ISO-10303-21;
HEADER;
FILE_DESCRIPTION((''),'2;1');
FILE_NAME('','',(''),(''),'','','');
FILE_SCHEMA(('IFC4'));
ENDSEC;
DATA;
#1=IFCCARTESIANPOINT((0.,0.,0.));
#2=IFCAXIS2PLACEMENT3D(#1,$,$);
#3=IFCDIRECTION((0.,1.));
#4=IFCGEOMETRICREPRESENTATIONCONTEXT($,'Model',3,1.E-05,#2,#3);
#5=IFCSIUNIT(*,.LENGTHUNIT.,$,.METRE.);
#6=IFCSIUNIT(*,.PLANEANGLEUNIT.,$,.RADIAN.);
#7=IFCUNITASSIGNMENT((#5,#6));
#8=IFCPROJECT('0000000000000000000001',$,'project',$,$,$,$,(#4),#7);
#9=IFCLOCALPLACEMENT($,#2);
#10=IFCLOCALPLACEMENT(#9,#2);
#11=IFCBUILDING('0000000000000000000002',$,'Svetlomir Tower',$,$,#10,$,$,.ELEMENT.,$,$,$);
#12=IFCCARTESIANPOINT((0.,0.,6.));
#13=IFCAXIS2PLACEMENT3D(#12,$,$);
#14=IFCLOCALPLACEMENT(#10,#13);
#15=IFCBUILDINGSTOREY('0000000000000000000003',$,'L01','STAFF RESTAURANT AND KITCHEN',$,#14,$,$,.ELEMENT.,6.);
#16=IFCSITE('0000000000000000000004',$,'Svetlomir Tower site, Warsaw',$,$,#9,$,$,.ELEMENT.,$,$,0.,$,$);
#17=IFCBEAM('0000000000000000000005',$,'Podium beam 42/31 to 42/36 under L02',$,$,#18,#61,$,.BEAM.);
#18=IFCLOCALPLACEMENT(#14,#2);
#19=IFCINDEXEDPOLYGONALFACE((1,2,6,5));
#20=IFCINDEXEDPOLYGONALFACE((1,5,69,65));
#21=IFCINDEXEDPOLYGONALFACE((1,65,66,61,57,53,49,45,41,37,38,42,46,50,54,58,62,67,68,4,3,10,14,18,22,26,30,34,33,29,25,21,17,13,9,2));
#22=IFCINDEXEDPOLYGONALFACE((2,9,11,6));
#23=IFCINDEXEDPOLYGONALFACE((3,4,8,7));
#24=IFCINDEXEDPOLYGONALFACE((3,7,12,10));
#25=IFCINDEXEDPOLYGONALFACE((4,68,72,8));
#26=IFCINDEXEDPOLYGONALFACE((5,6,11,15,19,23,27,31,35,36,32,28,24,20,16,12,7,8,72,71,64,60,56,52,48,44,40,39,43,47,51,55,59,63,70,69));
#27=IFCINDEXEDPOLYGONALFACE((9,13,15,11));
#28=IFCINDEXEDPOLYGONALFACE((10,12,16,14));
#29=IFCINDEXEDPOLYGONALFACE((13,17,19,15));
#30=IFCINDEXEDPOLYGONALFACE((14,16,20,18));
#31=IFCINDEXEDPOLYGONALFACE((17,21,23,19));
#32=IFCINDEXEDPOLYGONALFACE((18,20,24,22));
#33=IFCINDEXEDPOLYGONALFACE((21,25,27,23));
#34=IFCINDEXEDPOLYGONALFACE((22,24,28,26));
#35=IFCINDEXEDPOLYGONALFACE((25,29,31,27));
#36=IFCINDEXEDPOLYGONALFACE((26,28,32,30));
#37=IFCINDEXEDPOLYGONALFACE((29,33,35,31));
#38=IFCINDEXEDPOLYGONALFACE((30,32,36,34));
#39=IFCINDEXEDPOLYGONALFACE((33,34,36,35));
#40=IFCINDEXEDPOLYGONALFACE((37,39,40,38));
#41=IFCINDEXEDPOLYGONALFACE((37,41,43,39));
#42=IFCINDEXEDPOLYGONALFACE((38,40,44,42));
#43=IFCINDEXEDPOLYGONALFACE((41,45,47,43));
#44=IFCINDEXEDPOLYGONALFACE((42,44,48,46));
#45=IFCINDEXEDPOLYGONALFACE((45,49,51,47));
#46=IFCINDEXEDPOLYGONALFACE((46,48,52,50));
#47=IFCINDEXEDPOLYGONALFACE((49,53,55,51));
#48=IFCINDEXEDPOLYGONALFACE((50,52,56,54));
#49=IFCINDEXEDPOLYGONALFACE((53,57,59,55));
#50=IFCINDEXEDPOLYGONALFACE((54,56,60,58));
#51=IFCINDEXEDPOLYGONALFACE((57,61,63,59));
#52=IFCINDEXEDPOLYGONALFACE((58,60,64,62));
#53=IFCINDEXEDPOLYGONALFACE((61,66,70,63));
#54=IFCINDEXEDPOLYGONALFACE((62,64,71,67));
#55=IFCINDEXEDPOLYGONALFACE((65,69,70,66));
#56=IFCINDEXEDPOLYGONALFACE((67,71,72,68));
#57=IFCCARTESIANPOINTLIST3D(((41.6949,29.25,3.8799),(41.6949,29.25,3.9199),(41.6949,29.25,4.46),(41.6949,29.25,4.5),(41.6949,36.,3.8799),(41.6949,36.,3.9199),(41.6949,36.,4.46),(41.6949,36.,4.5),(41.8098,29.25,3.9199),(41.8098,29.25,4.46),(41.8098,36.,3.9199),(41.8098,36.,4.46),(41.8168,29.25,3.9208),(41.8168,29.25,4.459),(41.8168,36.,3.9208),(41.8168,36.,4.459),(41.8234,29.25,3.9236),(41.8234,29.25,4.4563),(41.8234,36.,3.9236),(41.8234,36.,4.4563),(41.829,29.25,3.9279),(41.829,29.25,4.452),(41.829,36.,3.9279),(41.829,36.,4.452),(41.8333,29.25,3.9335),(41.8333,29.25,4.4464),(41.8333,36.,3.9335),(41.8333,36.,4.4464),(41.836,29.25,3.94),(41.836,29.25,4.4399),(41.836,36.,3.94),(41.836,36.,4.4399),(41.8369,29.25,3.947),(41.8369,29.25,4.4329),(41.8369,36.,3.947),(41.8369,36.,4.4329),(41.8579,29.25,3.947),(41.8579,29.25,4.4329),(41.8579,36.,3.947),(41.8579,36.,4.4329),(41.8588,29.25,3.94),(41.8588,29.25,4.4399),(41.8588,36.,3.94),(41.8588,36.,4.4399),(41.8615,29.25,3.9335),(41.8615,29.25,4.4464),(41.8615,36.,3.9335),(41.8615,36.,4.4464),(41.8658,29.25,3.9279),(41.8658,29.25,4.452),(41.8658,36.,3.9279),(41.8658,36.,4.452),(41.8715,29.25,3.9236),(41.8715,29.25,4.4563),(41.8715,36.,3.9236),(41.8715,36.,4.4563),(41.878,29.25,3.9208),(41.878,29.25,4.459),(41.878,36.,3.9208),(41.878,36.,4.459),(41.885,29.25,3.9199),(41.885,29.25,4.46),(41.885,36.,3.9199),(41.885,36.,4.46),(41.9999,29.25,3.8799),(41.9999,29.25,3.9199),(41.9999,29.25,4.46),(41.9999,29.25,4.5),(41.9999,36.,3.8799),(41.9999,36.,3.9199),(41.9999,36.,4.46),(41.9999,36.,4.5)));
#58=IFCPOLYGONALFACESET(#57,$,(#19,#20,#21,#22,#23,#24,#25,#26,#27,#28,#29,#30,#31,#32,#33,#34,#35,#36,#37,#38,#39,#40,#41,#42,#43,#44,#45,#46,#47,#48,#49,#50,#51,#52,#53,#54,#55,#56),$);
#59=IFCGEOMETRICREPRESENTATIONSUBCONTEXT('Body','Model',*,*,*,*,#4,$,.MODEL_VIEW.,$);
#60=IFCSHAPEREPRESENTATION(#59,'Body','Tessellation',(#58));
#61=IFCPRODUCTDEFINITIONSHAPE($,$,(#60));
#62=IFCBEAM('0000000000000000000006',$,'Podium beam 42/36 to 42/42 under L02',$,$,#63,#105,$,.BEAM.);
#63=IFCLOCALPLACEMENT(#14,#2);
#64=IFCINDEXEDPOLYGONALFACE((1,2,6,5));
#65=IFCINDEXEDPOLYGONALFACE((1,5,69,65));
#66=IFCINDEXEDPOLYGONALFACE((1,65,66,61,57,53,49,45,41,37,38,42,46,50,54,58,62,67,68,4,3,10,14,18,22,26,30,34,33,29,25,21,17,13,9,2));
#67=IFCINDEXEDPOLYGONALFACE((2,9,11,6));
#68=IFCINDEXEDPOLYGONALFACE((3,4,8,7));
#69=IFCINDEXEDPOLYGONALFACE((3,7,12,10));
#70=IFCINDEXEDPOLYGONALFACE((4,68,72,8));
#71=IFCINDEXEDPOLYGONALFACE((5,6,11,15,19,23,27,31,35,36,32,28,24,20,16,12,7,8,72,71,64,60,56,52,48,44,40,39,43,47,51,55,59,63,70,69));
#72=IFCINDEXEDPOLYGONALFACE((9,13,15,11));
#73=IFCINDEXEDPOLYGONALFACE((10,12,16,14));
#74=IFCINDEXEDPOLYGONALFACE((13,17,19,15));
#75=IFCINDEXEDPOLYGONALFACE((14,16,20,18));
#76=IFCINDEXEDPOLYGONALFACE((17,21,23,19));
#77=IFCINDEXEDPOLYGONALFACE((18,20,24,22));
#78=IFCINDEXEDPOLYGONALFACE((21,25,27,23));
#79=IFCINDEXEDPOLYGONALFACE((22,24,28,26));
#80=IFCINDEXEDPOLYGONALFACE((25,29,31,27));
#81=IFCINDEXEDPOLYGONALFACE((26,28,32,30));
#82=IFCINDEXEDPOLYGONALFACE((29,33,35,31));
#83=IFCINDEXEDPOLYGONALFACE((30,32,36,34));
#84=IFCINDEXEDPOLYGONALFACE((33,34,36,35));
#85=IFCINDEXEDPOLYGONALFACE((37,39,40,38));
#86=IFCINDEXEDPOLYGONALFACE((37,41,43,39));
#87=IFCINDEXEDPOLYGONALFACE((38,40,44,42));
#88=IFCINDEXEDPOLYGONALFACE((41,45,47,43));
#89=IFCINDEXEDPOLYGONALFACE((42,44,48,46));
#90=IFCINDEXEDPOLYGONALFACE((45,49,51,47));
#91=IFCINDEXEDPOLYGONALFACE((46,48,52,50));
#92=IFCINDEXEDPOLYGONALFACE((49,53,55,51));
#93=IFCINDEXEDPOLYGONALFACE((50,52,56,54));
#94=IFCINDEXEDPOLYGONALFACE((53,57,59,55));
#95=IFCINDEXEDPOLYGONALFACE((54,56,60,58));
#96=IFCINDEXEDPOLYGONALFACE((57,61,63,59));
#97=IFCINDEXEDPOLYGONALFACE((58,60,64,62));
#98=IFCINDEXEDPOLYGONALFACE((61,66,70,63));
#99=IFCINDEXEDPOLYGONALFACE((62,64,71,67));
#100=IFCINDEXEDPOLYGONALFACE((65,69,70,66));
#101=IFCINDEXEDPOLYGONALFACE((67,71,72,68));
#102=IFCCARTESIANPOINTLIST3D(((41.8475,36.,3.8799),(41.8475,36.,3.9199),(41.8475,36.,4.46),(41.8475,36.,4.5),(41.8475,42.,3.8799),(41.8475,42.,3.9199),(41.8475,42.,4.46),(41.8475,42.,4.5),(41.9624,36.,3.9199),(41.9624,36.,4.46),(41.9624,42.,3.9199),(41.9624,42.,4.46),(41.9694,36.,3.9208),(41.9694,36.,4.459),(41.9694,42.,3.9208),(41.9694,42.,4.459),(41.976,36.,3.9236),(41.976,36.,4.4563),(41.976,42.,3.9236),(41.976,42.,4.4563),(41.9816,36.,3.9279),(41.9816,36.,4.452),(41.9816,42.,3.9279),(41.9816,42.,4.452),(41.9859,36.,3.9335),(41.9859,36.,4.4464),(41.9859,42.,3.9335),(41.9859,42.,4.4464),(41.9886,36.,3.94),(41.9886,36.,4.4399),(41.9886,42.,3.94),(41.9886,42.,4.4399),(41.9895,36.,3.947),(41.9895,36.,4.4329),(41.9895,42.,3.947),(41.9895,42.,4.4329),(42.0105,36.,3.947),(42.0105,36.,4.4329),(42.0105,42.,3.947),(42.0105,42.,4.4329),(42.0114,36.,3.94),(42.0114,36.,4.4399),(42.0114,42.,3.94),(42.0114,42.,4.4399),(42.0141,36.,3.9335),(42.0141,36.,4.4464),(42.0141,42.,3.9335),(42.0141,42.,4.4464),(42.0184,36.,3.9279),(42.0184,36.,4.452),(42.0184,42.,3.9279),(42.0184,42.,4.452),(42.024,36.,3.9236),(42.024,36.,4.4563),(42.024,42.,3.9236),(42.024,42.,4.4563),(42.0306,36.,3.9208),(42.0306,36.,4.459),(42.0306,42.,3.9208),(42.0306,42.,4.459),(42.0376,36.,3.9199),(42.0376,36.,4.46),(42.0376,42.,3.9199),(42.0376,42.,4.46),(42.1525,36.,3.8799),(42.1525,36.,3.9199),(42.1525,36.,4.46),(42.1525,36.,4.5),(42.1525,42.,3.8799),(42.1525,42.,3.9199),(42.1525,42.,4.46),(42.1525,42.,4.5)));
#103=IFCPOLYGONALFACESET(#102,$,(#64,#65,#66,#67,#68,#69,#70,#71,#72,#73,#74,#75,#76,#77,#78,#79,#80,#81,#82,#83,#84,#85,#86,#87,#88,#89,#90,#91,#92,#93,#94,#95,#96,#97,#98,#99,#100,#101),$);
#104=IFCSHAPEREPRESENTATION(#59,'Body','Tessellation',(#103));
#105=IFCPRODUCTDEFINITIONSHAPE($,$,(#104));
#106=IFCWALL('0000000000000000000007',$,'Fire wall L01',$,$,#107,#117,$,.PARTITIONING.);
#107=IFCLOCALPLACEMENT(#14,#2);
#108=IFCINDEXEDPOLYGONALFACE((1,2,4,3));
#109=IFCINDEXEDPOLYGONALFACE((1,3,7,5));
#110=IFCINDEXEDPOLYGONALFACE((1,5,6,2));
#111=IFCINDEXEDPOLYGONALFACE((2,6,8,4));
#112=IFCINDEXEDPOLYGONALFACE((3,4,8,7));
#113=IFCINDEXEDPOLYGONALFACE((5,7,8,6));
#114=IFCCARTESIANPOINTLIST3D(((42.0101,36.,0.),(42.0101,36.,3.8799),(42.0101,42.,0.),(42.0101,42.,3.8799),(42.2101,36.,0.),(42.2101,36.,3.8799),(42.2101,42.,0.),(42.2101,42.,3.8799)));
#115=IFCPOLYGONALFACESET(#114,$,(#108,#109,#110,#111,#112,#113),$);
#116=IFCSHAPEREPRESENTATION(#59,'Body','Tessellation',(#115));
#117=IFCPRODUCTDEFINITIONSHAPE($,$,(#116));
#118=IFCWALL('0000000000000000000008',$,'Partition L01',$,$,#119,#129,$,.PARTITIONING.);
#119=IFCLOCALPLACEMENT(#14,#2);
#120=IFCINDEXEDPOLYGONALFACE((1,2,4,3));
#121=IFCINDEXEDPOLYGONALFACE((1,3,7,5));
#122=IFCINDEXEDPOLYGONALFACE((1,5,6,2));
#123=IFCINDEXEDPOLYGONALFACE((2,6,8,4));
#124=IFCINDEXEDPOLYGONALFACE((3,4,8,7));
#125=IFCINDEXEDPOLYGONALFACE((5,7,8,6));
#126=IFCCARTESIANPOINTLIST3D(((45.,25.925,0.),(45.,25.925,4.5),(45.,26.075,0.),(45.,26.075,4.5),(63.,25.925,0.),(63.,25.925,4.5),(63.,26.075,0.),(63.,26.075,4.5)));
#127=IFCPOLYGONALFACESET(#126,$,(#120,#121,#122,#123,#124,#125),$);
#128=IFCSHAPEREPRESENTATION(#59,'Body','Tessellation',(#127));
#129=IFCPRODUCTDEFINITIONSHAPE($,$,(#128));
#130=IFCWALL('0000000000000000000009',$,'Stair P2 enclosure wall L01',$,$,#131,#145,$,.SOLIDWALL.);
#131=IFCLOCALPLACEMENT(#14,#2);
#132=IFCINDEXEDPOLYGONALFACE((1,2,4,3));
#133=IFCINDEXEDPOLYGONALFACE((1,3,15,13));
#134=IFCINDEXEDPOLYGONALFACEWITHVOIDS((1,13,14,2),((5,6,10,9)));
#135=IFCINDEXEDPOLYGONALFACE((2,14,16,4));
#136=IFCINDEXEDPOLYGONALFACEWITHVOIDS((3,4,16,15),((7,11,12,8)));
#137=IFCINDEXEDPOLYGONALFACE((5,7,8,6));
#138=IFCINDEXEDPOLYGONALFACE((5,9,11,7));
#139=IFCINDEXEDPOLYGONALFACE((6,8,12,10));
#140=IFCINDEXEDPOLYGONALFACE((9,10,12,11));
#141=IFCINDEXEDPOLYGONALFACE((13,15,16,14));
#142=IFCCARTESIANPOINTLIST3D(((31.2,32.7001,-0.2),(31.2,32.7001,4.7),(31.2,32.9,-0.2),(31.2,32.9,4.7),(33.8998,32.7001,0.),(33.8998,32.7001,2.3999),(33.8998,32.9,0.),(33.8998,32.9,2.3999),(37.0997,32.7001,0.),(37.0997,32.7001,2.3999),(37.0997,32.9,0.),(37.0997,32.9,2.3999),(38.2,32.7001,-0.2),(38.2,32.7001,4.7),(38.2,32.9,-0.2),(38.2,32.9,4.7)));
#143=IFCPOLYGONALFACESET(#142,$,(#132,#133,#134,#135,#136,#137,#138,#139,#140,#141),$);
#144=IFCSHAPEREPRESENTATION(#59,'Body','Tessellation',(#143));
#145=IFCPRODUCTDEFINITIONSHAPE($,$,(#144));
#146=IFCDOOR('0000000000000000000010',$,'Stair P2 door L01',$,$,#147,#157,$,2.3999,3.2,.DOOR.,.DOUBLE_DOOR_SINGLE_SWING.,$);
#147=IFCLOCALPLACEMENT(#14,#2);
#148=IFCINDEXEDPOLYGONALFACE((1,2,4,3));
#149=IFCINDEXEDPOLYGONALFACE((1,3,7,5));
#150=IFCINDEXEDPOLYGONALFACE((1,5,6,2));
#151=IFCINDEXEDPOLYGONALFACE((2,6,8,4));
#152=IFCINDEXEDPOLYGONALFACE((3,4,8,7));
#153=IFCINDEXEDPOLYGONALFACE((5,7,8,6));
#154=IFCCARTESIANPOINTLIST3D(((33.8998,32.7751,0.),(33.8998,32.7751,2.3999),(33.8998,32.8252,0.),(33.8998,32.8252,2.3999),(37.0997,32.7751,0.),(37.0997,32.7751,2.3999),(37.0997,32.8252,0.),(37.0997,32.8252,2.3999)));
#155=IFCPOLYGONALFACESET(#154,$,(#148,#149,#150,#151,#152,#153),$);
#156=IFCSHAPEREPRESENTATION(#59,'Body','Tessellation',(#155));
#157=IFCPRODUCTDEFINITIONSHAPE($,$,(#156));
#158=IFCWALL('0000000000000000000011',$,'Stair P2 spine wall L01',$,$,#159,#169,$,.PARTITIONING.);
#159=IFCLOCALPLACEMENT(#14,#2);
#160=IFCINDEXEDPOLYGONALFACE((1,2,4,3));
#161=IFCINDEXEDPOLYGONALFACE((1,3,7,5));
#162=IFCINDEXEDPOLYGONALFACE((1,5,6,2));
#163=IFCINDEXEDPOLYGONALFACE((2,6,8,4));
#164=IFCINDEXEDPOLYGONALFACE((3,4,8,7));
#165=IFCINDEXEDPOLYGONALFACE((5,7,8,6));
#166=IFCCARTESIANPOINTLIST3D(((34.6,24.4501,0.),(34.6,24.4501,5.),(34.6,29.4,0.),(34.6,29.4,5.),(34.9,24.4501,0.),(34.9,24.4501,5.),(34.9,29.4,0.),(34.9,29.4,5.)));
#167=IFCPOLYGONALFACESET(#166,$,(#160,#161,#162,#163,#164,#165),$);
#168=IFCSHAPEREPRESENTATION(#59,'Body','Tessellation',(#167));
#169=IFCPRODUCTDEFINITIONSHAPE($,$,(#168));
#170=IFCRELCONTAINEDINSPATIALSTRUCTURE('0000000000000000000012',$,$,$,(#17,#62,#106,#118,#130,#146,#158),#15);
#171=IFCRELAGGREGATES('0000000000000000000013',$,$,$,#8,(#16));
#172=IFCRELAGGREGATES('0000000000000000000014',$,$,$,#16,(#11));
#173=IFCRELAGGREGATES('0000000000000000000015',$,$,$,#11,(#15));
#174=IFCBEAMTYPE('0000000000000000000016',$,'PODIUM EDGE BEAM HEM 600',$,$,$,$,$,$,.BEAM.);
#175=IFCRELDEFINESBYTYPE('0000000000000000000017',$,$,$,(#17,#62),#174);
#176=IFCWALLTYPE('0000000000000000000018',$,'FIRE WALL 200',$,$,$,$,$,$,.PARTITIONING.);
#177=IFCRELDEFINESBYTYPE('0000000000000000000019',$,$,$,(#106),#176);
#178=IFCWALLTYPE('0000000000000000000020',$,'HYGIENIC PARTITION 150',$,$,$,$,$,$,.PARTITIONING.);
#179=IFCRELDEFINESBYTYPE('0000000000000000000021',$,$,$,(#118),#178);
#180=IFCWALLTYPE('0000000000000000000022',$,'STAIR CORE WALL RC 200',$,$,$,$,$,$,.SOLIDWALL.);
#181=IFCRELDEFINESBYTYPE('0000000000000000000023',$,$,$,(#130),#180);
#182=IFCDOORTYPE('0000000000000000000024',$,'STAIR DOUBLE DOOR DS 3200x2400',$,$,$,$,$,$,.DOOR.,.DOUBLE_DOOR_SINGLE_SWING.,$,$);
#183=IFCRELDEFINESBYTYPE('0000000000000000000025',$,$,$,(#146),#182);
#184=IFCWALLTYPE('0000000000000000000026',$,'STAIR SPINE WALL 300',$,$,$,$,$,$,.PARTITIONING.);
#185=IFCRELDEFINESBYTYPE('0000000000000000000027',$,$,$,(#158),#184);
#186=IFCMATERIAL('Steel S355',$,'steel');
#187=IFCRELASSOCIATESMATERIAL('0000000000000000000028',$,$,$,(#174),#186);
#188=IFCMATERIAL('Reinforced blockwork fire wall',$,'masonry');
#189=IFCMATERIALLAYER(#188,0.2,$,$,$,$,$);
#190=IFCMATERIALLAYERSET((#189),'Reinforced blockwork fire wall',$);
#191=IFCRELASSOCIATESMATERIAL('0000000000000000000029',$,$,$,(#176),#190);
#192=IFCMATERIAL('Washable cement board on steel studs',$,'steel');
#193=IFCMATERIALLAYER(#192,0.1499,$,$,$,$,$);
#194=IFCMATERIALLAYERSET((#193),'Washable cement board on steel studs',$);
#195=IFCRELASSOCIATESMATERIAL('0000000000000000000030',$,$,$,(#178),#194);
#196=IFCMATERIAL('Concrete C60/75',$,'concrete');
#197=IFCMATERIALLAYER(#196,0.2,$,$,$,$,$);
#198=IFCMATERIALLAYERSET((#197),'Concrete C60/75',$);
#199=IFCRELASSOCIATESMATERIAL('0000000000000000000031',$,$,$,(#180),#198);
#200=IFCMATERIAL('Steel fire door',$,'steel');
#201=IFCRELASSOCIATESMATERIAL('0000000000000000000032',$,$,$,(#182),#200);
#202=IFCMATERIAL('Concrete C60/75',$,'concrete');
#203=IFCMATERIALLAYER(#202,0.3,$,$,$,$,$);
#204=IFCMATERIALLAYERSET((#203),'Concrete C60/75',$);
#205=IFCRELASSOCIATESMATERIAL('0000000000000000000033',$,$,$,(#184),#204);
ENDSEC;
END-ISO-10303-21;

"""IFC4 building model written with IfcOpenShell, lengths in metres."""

from ifc_helpers import new_model, si_unit, direction, frame, frame_2d, origin, origin_2d, place, context, subcontext, project, spatial, rectangle, i_section, extrude, material, layer, layer_set, material_profile, profile_set, type_object, element, fill, save


model = new_model("IFC4")

# Units and contexts
model_context = context("Model", 3, precision=1e-05, world=origin(), true_north=direction((0.0, 1.0)))
body_context = subcontext(model_context, "Body", "Model", "MODEL_VIEW")
ifc_project = project(units=[si_unit("LENGTHUNIT", "METRE"), si_unit("PLANEANGLEUNIT", "RADIAN")], contexts=[model_context])

# Site, building, storey
site_placement = place(None, origin())
site = spatial("IfcSite", under=ifc_project, at=site_placement, Name="Svetlomir Tower site, Warsaw", CompositionType="ELEMENT", RefElevation=0.0)
building_placement = place(site_placement, origin())
building = spatial("IfcBuilding", under=site, at=building_placement, Name="Svetlomir Tower", CompositionType="ELEMENT")
storey_placement = place(building_placement, frame((0.0, 0.0, 6.0)))
storey = spatial("IfcBuildingStorey", under=building, at=storey_placement, Name="L01", Description="STAFF RESTAURANT AND KITCHEN", CompositionType="ELEMENT", Elevation=6.0)

# Beams
ifc_material_1 = material(Name="Steel S355", Category="steel")
ifc_material_profile_1 = material_profile(ifc_material_1, i_section(OverallWidth=0.3049, OverallDepth=0.6201, WebThickness=0.021, FlangeThickness=0.04, FilletRadius=0.0271, at=origin_2d()), Name="HEM 600")
ifc_profile_set_1 = profile_set([ifc_material_profile_1], Name="Steel S355")
beam_type_1 = type_object("IfcBeamType", Name="PODIUM EDGE BEAM HEM 600", PredefinedType="BEAM", material=ifc_profile_set_1)
beam_1_placement = place(storey_placement, frame((41.8474, 29.25, 4.1899), z_axis=(0.0, 1.0, 0.0), x_axis=(-1.0, 0.0, 0.0)))
element("IfcBeam", 1, at=beam_1_placement, inside=storey, type_object=beam_type_1, Name="Podium beam 42/31 to 42/36 under L02", PredefinedType="BEAM", context=body_context, shape_type="SweptSolid", body=[
    extrude(i_section(OverallWidth=0.3049, OverallDepth=0.6201, WebThickness=0.021, FlangeThickness=0.04, FilletRadius=0.0271, at=origin_2d()), origin(), (0.0, 0.0, 1.0), 6.75),
])
beam_2_placement = place(storey_placement, frame((42.0, 36.0, 4.1899), z_axis=(0.0, 1.0, 0.0), x_axis=(-1.0, 0.0, 0.0)))
element("IfcBeam", 2, at=beam_2_placement, inside=storey, type_object=beam_type_1, Name="Podium beam 42/36 to 42/42 under L02", PredefinedType="BEAM", context=body_context, shape_type="SweptSolid", body=[
    extrude(i_section(OverallWidth=0.3049, OverallDepth=0.6201, WebThickness=0.021, FlangeThickness=0.04, FilletRadius=0.0271, at=origin_2d()), origin(), (0.0, 0.0, 1.0), 6.0),
])

# Walls
ifc_material_2 = material(Name="Reinforced blockwork fire wall", Category="masonry")
ifc_layer_1 = layer(ifc_material_2, 0.2)
ifc_layer_set_1 = layer_set([ifc_layer_1], Name="Reinforced blockwork fire wall")
wall_type_1 = type_object("IfcWallType", Name="FIRE WALL 200", PredefinedType="PARTITIONING", material=ifc_layer_set_1)
wall_1_placement = place(storey_placement, frame((42.1101, 36.0, 0.0), z_axis=(0.0, 0.0, 1.0), x_axis=(0.0, 1.0, 0.0)))
element("IfcWall", 3, at=wall_1_placement, inside=storey, type_object=wall_type_1, Name="Fire wall L01", PredefinedType="PARTITIONING", context=body_context, shape_type="SweptSolid", body=[
    extrude(rectangle(XDim=6.0, YDim=0.2, at=frame_2d((3.0, 0.0))), origin(), (0.0, 0.0, 1.0), 3.8799),
])
ifc_material_3 = material(Name="Washable cement board on steel studs", Category="steel")
ifc_layer_2 = layer(ifc_material_3, 0.1499)
ifc_layer_set_2 = layer_set([ifc_layer_2], Name="Washable cement board on steel studs")
wall_type_2 = type_object("IfcWallType", Name="HYGIENIC PARTITION 150", PredefinedType="PARTITIONING", material=ifc_layer_set_2)
wall_2_placement = place(storey_placement, frame((45.0, 26.0, 0.0), z_axis=(0.0, 0.0, 1.0), x_axis=(1.0, 0.0, 0.0)))
element("IfcWall", 4, at=wall_2_placement, inside=storey, type_object=wall_type_2, Name="Partition L01", PredefinedType="PARTITIONING", context=body_context, shape_type="SweptSolid", body=[
    extrude(rectangle(XDim=18.0, YDim=0.1499, at=frame_2d((9.0, 0.0))), origin(), (0.0, 0.0, 1.0), 4.5),
])

# Wall, opening, door
ifc_material_4 = material(Name="Concrete C60/75", Category="concrete")
ifc_layer_3 = layer(ifc_material_4, 0.2)
ifc_layer_set_3 = layer_set([ifc_layer_3], Name="Concrete C60/75")
wall_type_3 = type_object("IfcWallType", Name="STAIR CORE WALL RC 200", PredefinedType="SOLIDWALL", material=ifc_layer_set_3)
wall_3_placement = place(storey_placement, frame((38.2, 32.8, -0.2), z_axis=(0.0, 0.0, 1.0), x_axis=(-1.0, 0.0, 0.0)))
wall_3 = element("IfcWall", 5, at=wall_3_placement, inside=storey, type_object=wall_type_3, Name="Stair P2 enclosure wall L01", PredefinedType="SOLIDWALL", context=body_context, shape_type="SweptSolid", body=[
    extrude(rectangle(XDim=7.0, YDim=0.2, at=frame_2d((3.5, 0.0))), origin(), (0.0, 0.0, 1.0), 4.8999),
])
opening_placement = place(wall_3_placement, frame((1.1001, 0.0, 0.2)))
opening = element("IfcOpeningElement", 6, at=opening_placement, cuts=wall_3, PredefinedType="OPENING", context=body_context, shape_type="SweptSolid", body=[
    extrude(rectangle(XDim=3.2, YDim=2.3999, at=frame_2d((1.6001, 1.2))), frame((0.0, 0.1099, 0.0), z_axis=(0.0, -1.0, 0.0), x_axis=(1.0, 0.0, 0.0)), (0.0, 0.0, 1.0), 0.22),
])
ifc_material_5 = material(Name="Steel fire door", Category="steel")
door_type = type_object("IfcDoorType", Name="STAIR DOUBLE DOOR DS 3200x2400", OperationType="DOUBLE_DOOR_SINGLE_SWING", PredefinedType="DOOR", material=ifc_material_5)
door_placement = place(opening_placement, origin())
door = element("IfcDoor", 7, at=door_placement, inside=storey, type_object=door_type, Name="Stair P2 door L01", OperationType="DOUBLE_DOOR_SINGLE_SWING", OverallHeight=2.3999, OverallWidth=3.2, PredefinedType="DOOR", context=body_context, shape_type="SweptSolid", body=[
    extrude(rectangle(XDim=3.2, YDim=2.3999, at=frame_2d((1.6001, 1.2))), frame((0.0, 0.0249, 0.0), z_axis=(0.0, -1.0, 0.0), x_axis=(1.0, 0.0, 0.0)), (0.0, 0.0, 1.0), 0.05),
])
fill(opening, door)

# Wall
ifc_material_6 = material(Name="Concrete C60/75", Category="concrete")
ifc_layer_4 = layer(ifc_material_6, 0.3)
ifc_layer_set_4 = layer_set([ifc_layer_4], Name="Concrete C60/75")
wall_type_4 = type_object("IfcWallType", Name="STAIR SPINE WALL 300", PredefinedType="PARTITIONING", material=ifc_layer_set_4)
wall_4_placement = place(storey_placement, frame((34.75, 24.45, 0.0), z_axis=(0.0, 0.0, 1.0), x_axis=(0.0, 1.0, 0.0)))
element("IfcWall", 8, at=wall_4_placement, inside=storey, type_object=wall_type_4, Name="Stair P2 spine wall L01", PredefinedType="PARTITIONING", context=body_context, shape_type="SweptSolid", body=[
    extrude(rectangle(XDim=4.95, YDim=0.3, at=frame_2d((2.4751, 0.0))), origin(), (0.0, 0.0, 1.0), 5.0),
])

save(model, "model.ifc")
